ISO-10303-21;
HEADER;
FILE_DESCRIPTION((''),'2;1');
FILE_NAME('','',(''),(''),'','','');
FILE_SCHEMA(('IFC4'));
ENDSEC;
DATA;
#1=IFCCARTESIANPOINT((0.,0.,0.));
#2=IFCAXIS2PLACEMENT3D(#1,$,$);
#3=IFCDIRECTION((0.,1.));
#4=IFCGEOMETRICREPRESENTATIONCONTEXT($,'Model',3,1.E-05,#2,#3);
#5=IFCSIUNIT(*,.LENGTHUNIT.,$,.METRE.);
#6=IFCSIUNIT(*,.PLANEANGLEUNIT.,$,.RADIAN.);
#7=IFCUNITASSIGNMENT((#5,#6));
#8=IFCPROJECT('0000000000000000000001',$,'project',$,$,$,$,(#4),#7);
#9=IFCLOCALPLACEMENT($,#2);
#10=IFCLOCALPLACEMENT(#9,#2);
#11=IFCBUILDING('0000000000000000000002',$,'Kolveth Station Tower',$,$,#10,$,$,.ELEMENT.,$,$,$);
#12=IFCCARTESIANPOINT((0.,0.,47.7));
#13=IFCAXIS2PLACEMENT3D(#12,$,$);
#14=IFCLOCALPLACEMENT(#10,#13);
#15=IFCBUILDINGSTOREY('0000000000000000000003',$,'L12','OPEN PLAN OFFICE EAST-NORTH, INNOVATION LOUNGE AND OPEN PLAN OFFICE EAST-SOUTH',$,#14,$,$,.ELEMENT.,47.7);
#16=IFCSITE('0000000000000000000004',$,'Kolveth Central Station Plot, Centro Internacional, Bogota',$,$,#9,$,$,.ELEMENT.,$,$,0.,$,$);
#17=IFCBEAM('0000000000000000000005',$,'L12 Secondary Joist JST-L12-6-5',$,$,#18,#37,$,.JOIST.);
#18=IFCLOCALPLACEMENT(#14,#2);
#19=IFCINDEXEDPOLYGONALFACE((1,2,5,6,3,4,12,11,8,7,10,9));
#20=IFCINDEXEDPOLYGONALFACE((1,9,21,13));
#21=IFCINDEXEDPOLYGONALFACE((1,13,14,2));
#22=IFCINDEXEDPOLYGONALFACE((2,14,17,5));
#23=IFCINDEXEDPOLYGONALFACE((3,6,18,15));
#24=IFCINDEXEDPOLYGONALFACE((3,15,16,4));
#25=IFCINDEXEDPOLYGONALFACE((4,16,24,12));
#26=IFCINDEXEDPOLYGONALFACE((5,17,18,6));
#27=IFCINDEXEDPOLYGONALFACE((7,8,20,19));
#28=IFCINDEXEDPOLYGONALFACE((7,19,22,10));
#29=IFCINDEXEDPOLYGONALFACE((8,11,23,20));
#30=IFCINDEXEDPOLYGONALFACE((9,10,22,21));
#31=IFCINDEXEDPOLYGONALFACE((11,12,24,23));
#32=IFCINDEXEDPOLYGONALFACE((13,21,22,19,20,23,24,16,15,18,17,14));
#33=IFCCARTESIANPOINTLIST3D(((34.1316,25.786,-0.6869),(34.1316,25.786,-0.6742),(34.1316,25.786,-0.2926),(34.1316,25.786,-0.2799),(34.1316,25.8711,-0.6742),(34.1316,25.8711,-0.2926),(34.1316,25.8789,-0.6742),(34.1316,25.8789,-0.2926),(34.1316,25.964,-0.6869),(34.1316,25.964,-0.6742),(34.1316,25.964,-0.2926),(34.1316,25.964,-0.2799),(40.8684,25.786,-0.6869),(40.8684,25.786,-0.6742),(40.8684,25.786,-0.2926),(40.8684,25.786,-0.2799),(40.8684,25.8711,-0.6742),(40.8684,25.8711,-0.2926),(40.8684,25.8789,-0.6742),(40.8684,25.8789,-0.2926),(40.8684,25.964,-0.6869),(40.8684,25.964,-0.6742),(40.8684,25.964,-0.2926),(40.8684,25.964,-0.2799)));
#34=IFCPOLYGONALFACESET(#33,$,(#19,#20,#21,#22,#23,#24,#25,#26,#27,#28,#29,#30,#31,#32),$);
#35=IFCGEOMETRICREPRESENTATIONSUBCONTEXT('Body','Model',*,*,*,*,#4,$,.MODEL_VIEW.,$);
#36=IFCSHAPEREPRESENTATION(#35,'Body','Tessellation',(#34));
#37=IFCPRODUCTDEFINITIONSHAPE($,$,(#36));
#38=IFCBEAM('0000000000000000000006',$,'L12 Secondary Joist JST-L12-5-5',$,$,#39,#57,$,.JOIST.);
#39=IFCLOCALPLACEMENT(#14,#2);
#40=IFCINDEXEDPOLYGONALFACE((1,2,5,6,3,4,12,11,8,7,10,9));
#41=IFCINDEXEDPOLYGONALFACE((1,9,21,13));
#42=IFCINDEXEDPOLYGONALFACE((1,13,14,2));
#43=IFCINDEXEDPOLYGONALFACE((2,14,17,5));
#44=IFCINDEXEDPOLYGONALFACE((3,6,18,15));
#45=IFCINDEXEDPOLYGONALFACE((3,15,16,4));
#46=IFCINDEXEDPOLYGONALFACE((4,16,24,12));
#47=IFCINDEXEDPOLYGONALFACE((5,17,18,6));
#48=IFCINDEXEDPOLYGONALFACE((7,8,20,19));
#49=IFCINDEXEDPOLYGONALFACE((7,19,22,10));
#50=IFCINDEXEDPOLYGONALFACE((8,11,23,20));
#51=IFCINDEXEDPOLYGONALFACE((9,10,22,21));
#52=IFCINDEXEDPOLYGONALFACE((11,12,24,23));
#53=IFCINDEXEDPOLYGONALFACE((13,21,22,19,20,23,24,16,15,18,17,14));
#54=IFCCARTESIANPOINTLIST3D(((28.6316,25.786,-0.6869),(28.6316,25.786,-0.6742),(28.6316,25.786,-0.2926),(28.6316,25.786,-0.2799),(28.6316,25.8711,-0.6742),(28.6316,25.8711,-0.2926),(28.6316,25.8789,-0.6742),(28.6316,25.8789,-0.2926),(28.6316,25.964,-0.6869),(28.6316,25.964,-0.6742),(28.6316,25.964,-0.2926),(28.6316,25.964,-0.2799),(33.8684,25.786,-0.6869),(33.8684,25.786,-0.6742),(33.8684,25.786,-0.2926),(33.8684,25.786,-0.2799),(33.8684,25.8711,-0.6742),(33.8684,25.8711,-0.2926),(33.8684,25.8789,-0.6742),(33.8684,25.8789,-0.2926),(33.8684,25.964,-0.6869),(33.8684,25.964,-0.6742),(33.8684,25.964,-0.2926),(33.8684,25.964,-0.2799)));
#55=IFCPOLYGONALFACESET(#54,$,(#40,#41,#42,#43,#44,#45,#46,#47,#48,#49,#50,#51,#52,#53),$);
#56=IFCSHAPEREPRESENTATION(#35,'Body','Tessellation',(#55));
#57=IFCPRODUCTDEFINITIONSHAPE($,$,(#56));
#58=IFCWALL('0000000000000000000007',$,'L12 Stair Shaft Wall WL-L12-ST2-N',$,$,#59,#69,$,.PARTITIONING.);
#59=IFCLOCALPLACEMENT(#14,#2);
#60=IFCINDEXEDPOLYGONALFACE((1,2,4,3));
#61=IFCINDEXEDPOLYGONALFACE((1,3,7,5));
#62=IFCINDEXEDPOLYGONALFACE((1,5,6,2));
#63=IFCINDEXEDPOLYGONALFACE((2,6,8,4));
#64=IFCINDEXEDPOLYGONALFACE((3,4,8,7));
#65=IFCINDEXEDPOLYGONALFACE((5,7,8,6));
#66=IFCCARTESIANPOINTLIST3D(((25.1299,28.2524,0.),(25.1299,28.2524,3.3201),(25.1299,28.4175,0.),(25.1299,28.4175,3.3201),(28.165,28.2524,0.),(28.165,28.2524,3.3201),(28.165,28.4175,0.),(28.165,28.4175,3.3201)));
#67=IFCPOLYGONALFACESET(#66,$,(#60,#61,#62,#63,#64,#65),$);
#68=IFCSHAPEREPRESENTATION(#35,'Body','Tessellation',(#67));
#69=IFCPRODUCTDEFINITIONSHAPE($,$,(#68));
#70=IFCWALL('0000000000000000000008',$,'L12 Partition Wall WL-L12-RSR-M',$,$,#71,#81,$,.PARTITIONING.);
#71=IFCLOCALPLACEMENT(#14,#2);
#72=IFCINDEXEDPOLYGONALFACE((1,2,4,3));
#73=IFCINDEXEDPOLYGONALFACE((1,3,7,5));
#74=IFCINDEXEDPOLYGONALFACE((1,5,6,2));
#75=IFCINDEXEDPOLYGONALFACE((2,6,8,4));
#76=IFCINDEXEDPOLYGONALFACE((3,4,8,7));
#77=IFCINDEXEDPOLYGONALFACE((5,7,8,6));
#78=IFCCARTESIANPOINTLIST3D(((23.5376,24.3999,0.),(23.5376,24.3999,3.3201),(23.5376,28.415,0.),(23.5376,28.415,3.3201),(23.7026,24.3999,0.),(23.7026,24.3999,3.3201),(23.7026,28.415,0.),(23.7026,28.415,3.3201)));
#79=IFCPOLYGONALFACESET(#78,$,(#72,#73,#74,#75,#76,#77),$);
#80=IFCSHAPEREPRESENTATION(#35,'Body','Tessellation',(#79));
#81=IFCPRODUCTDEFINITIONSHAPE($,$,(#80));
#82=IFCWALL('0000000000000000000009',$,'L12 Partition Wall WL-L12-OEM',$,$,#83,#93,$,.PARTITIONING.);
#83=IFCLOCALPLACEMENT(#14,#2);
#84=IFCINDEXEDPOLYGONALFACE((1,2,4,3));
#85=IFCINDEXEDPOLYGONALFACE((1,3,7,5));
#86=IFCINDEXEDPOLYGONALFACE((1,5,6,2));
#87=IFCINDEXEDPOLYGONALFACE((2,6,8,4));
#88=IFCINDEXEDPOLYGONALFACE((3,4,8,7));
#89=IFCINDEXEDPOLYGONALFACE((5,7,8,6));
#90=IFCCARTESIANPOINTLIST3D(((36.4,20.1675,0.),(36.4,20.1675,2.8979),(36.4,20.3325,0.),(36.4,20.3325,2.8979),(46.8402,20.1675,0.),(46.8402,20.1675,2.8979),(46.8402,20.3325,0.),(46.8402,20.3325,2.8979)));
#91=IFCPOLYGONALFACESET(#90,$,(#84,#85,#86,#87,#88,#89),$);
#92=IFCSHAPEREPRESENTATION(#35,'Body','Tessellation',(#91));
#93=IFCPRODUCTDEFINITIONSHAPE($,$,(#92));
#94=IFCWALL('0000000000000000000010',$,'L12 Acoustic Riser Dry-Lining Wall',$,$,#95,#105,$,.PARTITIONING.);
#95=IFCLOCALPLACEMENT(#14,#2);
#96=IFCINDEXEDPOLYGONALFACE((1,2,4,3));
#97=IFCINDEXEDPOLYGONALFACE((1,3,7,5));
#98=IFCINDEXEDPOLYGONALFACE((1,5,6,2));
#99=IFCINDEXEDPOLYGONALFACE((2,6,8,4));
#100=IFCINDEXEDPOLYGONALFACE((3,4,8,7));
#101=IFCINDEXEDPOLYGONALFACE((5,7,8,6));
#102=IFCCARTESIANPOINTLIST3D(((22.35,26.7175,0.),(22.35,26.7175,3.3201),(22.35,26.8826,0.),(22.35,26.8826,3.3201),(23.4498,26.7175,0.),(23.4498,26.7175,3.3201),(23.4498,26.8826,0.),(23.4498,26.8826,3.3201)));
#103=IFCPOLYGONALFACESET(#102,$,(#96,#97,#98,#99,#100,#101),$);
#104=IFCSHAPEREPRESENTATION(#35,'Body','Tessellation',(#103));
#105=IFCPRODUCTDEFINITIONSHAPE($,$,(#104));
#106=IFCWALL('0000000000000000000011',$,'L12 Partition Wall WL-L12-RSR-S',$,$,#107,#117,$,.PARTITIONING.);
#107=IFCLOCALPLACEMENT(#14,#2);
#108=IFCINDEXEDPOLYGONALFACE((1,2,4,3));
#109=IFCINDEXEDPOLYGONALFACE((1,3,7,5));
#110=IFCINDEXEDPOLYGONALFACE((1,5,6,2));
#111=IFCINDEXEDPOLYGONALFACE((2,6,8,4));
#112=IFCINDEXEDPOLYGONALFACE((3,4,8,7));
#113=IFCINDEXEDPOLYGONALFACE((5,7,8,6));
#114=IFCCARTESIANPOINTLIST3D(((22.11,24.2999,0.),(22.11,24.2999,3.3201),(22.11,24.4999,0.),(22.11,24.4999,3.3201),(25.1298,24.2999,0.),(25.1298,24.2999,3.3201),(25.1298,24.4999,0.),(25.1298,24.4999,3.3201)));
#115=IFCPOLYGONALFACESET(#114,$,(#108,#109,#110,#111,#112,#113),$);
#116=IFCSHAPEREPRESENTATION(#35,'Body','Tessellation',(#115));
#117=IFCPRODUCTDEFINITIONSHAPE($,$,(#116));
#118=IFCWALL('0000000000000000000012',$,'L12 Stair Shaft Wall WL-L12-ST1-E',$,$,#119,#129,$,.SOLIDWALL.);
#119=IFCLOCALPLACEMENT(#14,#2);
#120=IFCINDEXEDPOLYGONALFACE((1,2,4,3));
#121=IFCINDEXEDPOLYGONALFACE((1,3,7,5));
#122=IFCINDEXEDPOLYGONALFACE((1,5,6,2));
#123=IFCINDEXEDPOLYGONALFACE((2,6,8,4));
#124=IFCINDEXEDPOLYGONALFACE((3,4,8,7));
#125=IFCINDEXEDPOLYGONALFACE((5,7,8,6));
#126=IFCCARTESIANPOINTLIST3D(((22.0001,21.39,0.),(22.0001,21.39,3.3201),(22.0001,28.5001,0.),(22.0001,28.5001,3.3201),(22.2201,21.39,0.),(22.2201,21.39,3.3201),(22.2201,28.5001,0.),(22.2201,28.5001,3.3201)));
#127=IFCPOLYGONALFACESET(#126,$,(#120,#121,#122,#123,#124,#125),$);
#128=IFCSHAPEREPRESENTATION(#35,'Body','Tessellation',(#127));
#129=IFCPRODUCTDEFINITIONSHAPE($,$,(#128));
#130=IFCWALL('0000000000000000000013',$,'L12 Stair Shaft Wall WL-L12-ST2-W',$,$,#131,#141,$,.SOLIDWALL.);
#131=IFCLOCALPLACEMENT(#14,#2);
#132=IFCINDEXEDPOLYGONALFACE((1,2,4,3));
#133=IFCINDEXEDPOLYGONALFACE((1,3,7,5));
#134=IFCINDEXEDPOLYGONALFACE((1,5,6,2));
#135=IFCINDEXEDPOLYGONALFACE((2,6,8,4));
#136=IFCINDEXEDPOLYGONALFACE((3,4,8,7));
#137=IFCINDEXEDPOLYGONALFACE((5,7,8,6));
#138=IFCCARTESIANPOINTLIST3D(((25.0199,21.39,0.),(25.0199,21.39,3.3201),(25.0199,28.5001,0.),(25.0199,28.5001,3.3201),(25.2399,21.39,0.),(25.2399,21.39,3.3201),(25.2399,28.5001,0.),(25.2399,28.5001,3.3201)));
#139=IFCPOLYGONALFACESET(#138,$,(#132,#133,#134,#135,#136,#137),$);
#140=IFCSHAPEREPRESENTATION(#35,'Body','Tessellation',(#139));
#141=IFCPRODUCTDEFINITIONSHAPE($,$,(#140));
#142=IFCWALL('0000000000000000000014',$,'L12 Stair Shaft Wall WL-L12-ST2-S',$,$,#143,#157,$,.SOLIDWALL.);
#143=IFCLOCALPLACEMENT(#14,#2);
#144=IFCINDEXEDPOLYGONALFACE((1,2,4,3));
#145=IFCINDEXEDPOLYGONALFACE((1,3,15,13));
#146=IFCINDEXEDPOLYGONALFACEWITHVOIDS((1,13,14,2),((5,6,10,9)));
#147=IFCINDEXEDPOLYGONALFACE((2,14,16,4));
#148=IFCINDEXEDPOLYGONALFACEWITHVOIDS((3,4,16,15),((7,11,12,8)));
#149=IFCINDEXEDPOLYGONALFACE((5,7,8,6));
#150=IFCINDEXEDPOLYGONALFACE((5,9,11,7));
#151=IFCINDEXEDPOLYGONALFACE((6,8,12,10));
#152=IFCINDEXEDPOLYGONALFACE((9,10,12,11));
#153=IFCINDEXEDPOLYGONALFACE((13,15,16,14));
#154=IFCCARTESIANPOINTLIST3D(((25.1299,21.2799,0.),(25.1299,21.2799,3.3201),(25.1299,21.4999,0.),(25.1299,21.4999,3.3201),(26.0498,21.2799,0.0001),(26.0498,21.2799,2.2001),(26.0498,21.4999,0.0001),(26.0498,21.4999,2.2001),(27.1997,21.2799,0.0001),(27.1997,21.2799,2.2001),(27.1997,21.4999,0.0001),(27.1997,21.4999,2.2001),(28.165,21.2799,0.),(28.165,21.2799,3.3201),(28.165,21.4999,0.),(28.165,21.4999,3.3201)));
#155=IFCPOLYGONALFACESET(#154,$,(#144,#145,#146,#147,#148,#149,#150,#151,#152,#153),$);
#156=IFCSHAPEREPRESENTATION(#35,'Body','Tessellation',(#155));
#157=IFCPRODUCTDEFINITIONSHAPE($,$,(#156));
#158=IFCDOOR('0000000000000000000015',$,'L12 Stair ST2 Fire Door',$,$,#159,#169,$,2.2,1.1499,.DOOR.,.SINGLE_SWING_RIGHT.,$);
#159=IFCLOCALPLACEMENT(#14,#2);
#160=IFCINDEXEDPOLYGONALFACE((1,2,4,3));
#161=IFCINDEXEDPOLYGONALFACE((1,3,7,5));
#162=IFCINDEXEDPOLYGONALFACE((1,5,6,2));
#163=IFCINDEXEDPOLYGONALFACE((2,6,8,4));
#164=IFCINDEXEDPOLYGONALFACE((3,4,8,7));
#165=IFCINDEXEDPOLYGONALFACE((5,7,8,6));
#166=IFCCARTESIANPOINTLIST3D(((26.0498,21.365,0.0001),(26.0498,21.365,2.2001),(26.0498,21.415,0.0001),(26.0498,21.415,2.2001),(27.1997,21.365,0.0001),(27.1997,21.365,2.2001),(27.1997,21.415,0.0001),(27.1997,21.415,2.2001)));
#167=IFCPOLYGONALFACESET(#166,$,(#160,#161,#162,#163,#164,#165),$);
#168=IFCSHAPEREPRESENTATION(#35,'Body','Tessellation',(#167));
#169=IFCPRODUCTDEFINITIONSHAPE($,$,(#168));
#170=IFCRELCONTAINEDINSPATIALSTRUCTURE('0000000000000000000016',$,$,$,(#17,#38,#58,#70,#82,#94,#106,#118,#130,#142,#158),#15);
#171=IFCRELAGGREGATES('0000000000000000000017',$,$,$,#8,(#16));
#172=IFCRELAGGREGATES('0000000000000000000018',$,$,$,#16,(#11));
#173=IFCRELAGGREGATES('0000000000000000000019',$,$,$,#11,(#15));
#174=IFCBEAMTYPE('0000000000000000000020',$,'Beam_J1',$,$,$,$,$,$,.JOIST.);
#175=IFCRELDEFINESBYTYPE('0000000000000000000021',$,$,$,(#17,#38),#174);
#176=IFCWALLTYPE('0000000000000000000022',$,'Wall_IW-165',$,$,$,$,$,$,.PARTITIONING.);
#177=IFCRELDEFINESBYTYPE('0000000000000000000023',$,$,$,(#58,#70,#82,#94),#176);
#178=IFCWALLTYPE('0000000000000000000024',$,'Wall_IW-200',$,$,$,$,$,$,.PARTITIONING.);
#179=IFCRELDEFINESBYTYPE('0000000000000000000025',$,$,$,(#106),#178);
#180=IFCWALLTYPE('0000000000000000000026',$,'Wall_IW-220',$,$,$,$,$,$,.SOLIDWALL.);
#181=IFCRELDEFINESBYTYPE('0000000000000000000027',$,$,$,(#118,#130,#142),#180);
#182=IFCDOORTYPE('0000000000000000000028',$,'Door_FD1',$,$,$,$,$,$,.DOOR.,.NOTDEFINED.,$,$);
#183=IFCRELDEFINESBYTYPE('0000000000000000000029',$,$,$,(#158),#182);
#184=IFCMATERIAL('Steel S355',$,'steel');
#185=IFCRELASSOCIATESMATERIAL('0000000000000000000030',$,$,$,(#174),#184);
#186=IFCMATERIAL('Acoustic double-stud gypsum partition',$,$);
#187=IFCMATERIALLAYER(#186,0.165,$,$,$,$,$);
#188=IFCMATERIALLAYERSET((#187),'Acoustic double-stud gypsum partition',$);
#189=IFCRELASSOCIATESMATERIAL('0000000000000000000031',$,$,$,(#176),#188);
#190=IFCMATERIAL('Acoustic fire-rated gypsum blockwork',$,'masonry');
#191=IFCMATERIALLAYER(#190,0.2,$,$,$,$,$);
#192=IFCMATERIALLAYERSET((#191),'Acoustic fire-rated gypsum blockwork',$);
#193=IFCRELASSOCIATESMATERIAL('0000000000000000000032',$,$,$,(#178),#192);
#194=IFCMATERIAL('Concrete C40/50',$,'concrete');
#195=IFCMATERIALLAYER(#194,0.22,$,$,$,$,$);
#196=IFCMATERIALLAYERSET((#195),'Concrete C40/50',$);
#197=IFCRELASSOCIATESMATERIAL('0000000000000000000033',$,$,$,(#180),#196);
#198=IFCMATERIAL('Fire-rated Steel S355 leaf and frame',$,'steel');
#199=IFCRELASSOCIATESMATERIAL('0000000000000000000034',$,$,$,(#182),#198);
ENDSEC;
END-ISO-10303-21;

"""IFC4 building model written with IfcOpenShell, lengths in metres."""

from ifc_helpers import new_model, si_unit, direction, frame, frame_2d, origin, origin_2d, place, context, subcontext, project, spatial, rectangle, i_section, extrude, source, transform, mapped, material, layer, layer_set, material_profile, profile_set, type_object, element, fill, save


model = new_model("IFC4")

# Units and contexts
model_context = context("Model", 3, precision=1e-05, world=origin(), true_north=direction((0.0, 1.0)))
body_context = subcontext(model_context, "Body", "Model", "MODEL_VIEW")
ifc_project = project(units=[si_unit("LENGTHUNIT", "METRE"), si_unit("PLANEANGLEUNIT", "RADIAN")], contexts=[model_context])

# Site, building, storey
site_placement = place(None, origin())
site = spatial("IfcSite", under=ifc_project, at=site_placement, Name="Kolveth Central Station Plot, Centro Internacional, Bogota", CompositionType="ELEMENT", RefElevation=0.0)
building_placement = place(site_placement, origin())
building = spatial("IfcBuilding", under=site, at=building_placement, Name="Kolveth Station Tower", CompositionType="ELEMENT")
storey_placement = place(building_placement, frame((0.0, 0.0, 47.7)))
storey = spatial("IfcBuildingStorey", under=building, at=storey_placement, Name="L12", Description="OPEN PLAN OFFICE EAST-NORTH, INNOVATION LOUNGE AND OPEN PLAN OFFICE EAST-SOUTH", CompositionType="ELEMENT", Elevation=47.7)

# Beams
ifc_material_1 = material(Name="Steel S355", Category="steel")
ifc_material_profile_1 = material_profile(ifc_material_1, i_section(OverallWidth=0.178, OverallDepth=0.407, WebThickness=0.0078, FlangeThickness=0.0127, at=origin_2d()), Name="W410x60")
ifc_profile_set_1 = profile_set([ifc_material_profile_1], Name="Steel S355")
beam_type_1 = type_object("IfcBeamType", Name="Beam_J1", PredefinedType="JOIST", material=ifc_profile_set_1)
shared_shape_1 = source(origin(), body_context, "Body", "SweptSolid", [
    extrude(i_section(OverallWidth=0.178, OverallDepth=0.407, WebThickness=0.0078, FlangeThickness=0.0127, at=origin_2d()), origin(), (0.0, 0.0, 1.0), 6.7368),
])
beam_1_placement = place(storey_placement, frame((34.1316, 25.875, -0.4834), z_axis=(1.0, 0.0, 0.0), x_axis=(0.0, 1.0, 0.0)))
element("IfcBeam", 1, at=beam_1_placement, inside=storey, type_object=beam_type_1, Name="L12 Secondary Joist JST-L12-6-5", PredefinedType="JOIST", context=body_context, shape_type="MappedRepresentation", body=[
    mapped(shared_shape_1, transform((0.0, 0.0, 0.0), x_axis=(1.0, 0.0, 0.0), y_axis=(0.0, 1.0, 0.0), z_axis=(0.0, 0.0, 1.0), scale=1.0)),
])
shared_shape_2 = source(origin(), body_context, "Body", "SweptSolid", [
    extrude(i_section(OverallWidth=0.178, OverallDepth=0.407, WebThickness=0.0078, FlangeThickness=0.0127, at=origin_2d()), origin(), (0.0, 0.0, 1.0), 5.2368),
])
beam_2_placement = place(storey_placement, frame((28.6316, 25.875, -0.4834), z_axis=(1.0, 0.0, 0.0), x_axis=(0.0, 1.0, 0.0)))
element("IfcBeam", 2, at=beam_2_placement, inside=storey, type_object=beam_type_1, Name="L12 Secondary Joist JST-L12-5-5", PredefinedType="JOIST", context=body_context, shape_type="MappedRepresentation", body=[
    mapped(shared_shape_2, transform((0.0, 0.0, 0.0), x_axis=(1.0, 0.0, 0.0), y_axis=(0.0, 1.0, 0.0), z_axis=(0.0, 0.0, 1.0), scale=1.0)),
])

# Walls
ifc_material_2 = material(Name="Acoustic double-stud gypsum partition")
ifc_layer_1 = layer(ifc_material_2, 0.165)
ifc_layer_set_1 = layer_set([ifc_layer_1], Name="Acoustic double-stud gypsum partition")
wall_type_1 = type_object("IfcWallType", Name="Wall_IW-165", PredefinedType="PARTITIONING", material=ifc_layer_set_1)
wall_1_placement = place(storey_placement, frame((25.1299, 28.335, 0.0), z_axis=(0.0, 0.0, 1.0), x_axis=(1.0, 0.0, 0.0)))
element("IfcWall", 3, at=wall_1_placement, inside=storey, type_object=wall_type_1, Name="L12 Stair Shaft Wall WL-L12-ST2-N", PredefinedType="PARTITIONING", context=body_context, shape_type="SweptSolid", body=[
    extrude(rectangle(XDim=3.0352, YDim=0.165, at=frame_2d((1.5176, 0.0))), origin(), (0.0, 0.0, 1.0), 3.3201),
])
wall_2_placement = place(storey_placement, frame((23.6201, 24.3999, 0.0), z_axis=(0.0, 0.0, 1.0), x_axis=(0.0, 1.0, 0.0)))
element("IfcWall", 4, at=wall_2_placement, inside=storey, type_object=wall_type_1, Name="L12 Partition Wall WL-L12-RSR-M", PredefinedType="PARTITIONING", context=body_context, shape_type="SweptSolid", body=[
    extrude(rectangle(XDim=4.0151, YDim=0.165, at=frame_2d((2.0076, 0.0))), origin(), (0.0, 0.0, 1.0), 3.3201),
])
wall_3_placement = place(storey_placement, frame((36.3999, 20.25, 0.0), z_axis=(0.0, 0.0, 1.0), x_axis=(1.0, 0.0, 0.0)))
element("IfcWall", 5, at=wall_3_placement, inside=storey, type_object=wall_type_1, Name="L12 Partition Wall WL-L12-OEM", PredefinedType="PARTITIONING", context=body_context, shape_type="SweptSolid", body=[
    extrude(rectangle(XDim=10.4402, YDim=0.165, at=frame_2d((5.2202, 0.0))), origin(), (0.0, 0.0, 1.0), 2.8979),
])
wall_4_placement = place(storey_placement, frame((22.3501, 26.8, 0.0), z_axis=(0.0, 0.0, 1.0), x_axis=(1.0, 0.0, 0.0)))
element("IfcWall", 6, at=wall_4_placement, inside=storey, type_object=wall_type_1, Name="L12 Acoustic Riser Dry-Lining Wall", PredefinedType="PARTITIONING", context=body_context, shape_type="SweptSolid", body=[
    extrude(rectangle(XDim=1.0999, YDim=0.165, at=frame_2d((0.5498, 0.0))), origin(), (0.0, 0.0, 1.0), 3.3201),
])
ifc_material_3 = material(Name="Acoustic fire-rated gypsum blockwork", Category="masonry")
ifc_layer_2 = layer(ifc_material_3, 0.2)
ifc_layer_set_2 = layer_set([ifc_layer_2], Name="Acoustic fire-rated gypsum blockwork")
wall_type_2 = type_object("IfcWallType", Name="Wall_IW-200", PredefinedType="PARTITIONING", material=ifc_layer_set_2)
wall_5_placement = place(storey_placement, frame((22.1101, 24.3999, 0.0), z_axis=(0.0, 0.0, 1.0), x_axis=(1.0, 0.0, 0.0)))
element("IfcWall", 7, at=wall_5_placement, inside=storey, type_object=wall_type_2, Name="L12 Partition Wall WL-L12-RSR-S", PredefinedType="PARTITIONING", context=body_context, shape_type="SweptSolid", body=[
    extrude(rectangle(XDim=3.0198, YDim=0.2, at=frame_2d((1.5098, 0.0))), origin(), (0.0, 0.0, 1.0), 3.3201),
])
ifc_material_4 = material(Name="Concrete C40/50", Category="concrete")
ifc_layer_3 = layer(ifc_material_4, 0.22)
ifc_layer_set_3 = layer_set([ifc_layer_3], Name="Concrete C40/50")
wall_type_3 = type_object("IfcWallType", Name="Wall_IW-220", PredefinedType="SOLIDWALL", material=ifc_layer_set_3)
for number, where, z_axis, x_axis, name in (
    (8, (22.1101, 21.3899, 0.0), (0.0, 0.0, 1.0), (0.0, 1.0, 0.0), "L12 Stair Shaft Wall WL-L12-ST1-E"),
    (9, (25.1299, 21.3899, 0.0), (0.0, 0.0, 1.0), (0.0, 1.0, 0.0), "L12 Stair Shaft Wall WL-L12-ST2-W"),
):
    element("IfcWall", number, at=place(storey_placement, frame(where, z_axis=z_axis, x_axis=x_axis)), inside=storey, type_object=wall_type_3, Name=name, PredefinedType="SOLIDWALL", context=body_context, shape_type="SweptSolid", body=[
        extrude(rectangle(XDim=7.1101, YDim=0.22, at=frame_2d((3.5552, 0.0))), origin(), (0.0, 0.0, 1.0), 3.3201),
    ])

# Wall, opening, door
wall_6_placement = place(storey_placement, frame((25.1299, 21.3899, 0.0), z_axis=(0.0, 0.0, 1.0), x_axis=(1.0, 0.0, 0.0)))
wall_6 = element("IfcWall", 10, at=wall_6_placement, inside=storey, type_object=wall_type_3, Name="L12 Stair Shaft Wall WL-L12-ST2-S", PredefinedType="SOLIDWALL", context=body_context, shape_type="SweptSolid", body=[
    extrude(rectangle(XDim=3.0352, YDim=0.22, at=frame_2d((1.5176, 0.0))), origin(), (0.0, 0.0, 1.0), 3.3201),
])
opening_placement = place(wall_6_placement, frame((0.9199, 0.0, 0.0)))
opening = element("IfcOpeningElement", 11, at=opening_placement, cuts=wall_6, PredefinedType="OPENING", context=body_context, shape_type="SweptSolid", body=[
    extrude(rectangle(XDim=1.1499, YDim=2.2, at=frame_2d((0.575, 1.1001))), frame((0.0, 0.1199, 0.0), z_axis=(0.0, -1.0, 0.0), x_axis=(1.0, 0.0, 0.0)), (0.0, 0.0, 1.0), 0.24),
])
ifc_material_5 = material(Name="Fire-rated Steel S355 leaf and frame", Category="steel")
door_type = type_object("IfcDoorType", Name="Door_FD1", OperationType="NOTDEFINED", PredefinedType="DOOR", material=ifc_material_5)
door_placement = place(opening_placement, frame((1.1499, 0.0, 0.0), z_axis=(0.0, 0.0, 1.0), x_axis=(-1.0, 0.0, 0.0)))
door = element("IfcDoor", 12, at=door_placement, inside=storey, type_object=door_type, Name="L12 Stair ST2 Fire Door", OperationType="SINGLE_SWING_RIGHT", OverallHeight=2.2, OverallWidth=1.1499, PredefinedType="DOOR", context=body_context, shape_type="SweptSolid", body=[
    extrude(rectangle(XDim=1.1499, YDim=2.2, at=frame_2d((0.575, 1.1001))), frame((0.0, 0.0249, 0.0), z_axis=(0.0, -1.0, 0.0), x_axis=(1.0, 0.0, 0.0)), (0.0, 0.0, 1.0), 0.05),
])
fill(opening, door)

save(model, "model.ifc")
